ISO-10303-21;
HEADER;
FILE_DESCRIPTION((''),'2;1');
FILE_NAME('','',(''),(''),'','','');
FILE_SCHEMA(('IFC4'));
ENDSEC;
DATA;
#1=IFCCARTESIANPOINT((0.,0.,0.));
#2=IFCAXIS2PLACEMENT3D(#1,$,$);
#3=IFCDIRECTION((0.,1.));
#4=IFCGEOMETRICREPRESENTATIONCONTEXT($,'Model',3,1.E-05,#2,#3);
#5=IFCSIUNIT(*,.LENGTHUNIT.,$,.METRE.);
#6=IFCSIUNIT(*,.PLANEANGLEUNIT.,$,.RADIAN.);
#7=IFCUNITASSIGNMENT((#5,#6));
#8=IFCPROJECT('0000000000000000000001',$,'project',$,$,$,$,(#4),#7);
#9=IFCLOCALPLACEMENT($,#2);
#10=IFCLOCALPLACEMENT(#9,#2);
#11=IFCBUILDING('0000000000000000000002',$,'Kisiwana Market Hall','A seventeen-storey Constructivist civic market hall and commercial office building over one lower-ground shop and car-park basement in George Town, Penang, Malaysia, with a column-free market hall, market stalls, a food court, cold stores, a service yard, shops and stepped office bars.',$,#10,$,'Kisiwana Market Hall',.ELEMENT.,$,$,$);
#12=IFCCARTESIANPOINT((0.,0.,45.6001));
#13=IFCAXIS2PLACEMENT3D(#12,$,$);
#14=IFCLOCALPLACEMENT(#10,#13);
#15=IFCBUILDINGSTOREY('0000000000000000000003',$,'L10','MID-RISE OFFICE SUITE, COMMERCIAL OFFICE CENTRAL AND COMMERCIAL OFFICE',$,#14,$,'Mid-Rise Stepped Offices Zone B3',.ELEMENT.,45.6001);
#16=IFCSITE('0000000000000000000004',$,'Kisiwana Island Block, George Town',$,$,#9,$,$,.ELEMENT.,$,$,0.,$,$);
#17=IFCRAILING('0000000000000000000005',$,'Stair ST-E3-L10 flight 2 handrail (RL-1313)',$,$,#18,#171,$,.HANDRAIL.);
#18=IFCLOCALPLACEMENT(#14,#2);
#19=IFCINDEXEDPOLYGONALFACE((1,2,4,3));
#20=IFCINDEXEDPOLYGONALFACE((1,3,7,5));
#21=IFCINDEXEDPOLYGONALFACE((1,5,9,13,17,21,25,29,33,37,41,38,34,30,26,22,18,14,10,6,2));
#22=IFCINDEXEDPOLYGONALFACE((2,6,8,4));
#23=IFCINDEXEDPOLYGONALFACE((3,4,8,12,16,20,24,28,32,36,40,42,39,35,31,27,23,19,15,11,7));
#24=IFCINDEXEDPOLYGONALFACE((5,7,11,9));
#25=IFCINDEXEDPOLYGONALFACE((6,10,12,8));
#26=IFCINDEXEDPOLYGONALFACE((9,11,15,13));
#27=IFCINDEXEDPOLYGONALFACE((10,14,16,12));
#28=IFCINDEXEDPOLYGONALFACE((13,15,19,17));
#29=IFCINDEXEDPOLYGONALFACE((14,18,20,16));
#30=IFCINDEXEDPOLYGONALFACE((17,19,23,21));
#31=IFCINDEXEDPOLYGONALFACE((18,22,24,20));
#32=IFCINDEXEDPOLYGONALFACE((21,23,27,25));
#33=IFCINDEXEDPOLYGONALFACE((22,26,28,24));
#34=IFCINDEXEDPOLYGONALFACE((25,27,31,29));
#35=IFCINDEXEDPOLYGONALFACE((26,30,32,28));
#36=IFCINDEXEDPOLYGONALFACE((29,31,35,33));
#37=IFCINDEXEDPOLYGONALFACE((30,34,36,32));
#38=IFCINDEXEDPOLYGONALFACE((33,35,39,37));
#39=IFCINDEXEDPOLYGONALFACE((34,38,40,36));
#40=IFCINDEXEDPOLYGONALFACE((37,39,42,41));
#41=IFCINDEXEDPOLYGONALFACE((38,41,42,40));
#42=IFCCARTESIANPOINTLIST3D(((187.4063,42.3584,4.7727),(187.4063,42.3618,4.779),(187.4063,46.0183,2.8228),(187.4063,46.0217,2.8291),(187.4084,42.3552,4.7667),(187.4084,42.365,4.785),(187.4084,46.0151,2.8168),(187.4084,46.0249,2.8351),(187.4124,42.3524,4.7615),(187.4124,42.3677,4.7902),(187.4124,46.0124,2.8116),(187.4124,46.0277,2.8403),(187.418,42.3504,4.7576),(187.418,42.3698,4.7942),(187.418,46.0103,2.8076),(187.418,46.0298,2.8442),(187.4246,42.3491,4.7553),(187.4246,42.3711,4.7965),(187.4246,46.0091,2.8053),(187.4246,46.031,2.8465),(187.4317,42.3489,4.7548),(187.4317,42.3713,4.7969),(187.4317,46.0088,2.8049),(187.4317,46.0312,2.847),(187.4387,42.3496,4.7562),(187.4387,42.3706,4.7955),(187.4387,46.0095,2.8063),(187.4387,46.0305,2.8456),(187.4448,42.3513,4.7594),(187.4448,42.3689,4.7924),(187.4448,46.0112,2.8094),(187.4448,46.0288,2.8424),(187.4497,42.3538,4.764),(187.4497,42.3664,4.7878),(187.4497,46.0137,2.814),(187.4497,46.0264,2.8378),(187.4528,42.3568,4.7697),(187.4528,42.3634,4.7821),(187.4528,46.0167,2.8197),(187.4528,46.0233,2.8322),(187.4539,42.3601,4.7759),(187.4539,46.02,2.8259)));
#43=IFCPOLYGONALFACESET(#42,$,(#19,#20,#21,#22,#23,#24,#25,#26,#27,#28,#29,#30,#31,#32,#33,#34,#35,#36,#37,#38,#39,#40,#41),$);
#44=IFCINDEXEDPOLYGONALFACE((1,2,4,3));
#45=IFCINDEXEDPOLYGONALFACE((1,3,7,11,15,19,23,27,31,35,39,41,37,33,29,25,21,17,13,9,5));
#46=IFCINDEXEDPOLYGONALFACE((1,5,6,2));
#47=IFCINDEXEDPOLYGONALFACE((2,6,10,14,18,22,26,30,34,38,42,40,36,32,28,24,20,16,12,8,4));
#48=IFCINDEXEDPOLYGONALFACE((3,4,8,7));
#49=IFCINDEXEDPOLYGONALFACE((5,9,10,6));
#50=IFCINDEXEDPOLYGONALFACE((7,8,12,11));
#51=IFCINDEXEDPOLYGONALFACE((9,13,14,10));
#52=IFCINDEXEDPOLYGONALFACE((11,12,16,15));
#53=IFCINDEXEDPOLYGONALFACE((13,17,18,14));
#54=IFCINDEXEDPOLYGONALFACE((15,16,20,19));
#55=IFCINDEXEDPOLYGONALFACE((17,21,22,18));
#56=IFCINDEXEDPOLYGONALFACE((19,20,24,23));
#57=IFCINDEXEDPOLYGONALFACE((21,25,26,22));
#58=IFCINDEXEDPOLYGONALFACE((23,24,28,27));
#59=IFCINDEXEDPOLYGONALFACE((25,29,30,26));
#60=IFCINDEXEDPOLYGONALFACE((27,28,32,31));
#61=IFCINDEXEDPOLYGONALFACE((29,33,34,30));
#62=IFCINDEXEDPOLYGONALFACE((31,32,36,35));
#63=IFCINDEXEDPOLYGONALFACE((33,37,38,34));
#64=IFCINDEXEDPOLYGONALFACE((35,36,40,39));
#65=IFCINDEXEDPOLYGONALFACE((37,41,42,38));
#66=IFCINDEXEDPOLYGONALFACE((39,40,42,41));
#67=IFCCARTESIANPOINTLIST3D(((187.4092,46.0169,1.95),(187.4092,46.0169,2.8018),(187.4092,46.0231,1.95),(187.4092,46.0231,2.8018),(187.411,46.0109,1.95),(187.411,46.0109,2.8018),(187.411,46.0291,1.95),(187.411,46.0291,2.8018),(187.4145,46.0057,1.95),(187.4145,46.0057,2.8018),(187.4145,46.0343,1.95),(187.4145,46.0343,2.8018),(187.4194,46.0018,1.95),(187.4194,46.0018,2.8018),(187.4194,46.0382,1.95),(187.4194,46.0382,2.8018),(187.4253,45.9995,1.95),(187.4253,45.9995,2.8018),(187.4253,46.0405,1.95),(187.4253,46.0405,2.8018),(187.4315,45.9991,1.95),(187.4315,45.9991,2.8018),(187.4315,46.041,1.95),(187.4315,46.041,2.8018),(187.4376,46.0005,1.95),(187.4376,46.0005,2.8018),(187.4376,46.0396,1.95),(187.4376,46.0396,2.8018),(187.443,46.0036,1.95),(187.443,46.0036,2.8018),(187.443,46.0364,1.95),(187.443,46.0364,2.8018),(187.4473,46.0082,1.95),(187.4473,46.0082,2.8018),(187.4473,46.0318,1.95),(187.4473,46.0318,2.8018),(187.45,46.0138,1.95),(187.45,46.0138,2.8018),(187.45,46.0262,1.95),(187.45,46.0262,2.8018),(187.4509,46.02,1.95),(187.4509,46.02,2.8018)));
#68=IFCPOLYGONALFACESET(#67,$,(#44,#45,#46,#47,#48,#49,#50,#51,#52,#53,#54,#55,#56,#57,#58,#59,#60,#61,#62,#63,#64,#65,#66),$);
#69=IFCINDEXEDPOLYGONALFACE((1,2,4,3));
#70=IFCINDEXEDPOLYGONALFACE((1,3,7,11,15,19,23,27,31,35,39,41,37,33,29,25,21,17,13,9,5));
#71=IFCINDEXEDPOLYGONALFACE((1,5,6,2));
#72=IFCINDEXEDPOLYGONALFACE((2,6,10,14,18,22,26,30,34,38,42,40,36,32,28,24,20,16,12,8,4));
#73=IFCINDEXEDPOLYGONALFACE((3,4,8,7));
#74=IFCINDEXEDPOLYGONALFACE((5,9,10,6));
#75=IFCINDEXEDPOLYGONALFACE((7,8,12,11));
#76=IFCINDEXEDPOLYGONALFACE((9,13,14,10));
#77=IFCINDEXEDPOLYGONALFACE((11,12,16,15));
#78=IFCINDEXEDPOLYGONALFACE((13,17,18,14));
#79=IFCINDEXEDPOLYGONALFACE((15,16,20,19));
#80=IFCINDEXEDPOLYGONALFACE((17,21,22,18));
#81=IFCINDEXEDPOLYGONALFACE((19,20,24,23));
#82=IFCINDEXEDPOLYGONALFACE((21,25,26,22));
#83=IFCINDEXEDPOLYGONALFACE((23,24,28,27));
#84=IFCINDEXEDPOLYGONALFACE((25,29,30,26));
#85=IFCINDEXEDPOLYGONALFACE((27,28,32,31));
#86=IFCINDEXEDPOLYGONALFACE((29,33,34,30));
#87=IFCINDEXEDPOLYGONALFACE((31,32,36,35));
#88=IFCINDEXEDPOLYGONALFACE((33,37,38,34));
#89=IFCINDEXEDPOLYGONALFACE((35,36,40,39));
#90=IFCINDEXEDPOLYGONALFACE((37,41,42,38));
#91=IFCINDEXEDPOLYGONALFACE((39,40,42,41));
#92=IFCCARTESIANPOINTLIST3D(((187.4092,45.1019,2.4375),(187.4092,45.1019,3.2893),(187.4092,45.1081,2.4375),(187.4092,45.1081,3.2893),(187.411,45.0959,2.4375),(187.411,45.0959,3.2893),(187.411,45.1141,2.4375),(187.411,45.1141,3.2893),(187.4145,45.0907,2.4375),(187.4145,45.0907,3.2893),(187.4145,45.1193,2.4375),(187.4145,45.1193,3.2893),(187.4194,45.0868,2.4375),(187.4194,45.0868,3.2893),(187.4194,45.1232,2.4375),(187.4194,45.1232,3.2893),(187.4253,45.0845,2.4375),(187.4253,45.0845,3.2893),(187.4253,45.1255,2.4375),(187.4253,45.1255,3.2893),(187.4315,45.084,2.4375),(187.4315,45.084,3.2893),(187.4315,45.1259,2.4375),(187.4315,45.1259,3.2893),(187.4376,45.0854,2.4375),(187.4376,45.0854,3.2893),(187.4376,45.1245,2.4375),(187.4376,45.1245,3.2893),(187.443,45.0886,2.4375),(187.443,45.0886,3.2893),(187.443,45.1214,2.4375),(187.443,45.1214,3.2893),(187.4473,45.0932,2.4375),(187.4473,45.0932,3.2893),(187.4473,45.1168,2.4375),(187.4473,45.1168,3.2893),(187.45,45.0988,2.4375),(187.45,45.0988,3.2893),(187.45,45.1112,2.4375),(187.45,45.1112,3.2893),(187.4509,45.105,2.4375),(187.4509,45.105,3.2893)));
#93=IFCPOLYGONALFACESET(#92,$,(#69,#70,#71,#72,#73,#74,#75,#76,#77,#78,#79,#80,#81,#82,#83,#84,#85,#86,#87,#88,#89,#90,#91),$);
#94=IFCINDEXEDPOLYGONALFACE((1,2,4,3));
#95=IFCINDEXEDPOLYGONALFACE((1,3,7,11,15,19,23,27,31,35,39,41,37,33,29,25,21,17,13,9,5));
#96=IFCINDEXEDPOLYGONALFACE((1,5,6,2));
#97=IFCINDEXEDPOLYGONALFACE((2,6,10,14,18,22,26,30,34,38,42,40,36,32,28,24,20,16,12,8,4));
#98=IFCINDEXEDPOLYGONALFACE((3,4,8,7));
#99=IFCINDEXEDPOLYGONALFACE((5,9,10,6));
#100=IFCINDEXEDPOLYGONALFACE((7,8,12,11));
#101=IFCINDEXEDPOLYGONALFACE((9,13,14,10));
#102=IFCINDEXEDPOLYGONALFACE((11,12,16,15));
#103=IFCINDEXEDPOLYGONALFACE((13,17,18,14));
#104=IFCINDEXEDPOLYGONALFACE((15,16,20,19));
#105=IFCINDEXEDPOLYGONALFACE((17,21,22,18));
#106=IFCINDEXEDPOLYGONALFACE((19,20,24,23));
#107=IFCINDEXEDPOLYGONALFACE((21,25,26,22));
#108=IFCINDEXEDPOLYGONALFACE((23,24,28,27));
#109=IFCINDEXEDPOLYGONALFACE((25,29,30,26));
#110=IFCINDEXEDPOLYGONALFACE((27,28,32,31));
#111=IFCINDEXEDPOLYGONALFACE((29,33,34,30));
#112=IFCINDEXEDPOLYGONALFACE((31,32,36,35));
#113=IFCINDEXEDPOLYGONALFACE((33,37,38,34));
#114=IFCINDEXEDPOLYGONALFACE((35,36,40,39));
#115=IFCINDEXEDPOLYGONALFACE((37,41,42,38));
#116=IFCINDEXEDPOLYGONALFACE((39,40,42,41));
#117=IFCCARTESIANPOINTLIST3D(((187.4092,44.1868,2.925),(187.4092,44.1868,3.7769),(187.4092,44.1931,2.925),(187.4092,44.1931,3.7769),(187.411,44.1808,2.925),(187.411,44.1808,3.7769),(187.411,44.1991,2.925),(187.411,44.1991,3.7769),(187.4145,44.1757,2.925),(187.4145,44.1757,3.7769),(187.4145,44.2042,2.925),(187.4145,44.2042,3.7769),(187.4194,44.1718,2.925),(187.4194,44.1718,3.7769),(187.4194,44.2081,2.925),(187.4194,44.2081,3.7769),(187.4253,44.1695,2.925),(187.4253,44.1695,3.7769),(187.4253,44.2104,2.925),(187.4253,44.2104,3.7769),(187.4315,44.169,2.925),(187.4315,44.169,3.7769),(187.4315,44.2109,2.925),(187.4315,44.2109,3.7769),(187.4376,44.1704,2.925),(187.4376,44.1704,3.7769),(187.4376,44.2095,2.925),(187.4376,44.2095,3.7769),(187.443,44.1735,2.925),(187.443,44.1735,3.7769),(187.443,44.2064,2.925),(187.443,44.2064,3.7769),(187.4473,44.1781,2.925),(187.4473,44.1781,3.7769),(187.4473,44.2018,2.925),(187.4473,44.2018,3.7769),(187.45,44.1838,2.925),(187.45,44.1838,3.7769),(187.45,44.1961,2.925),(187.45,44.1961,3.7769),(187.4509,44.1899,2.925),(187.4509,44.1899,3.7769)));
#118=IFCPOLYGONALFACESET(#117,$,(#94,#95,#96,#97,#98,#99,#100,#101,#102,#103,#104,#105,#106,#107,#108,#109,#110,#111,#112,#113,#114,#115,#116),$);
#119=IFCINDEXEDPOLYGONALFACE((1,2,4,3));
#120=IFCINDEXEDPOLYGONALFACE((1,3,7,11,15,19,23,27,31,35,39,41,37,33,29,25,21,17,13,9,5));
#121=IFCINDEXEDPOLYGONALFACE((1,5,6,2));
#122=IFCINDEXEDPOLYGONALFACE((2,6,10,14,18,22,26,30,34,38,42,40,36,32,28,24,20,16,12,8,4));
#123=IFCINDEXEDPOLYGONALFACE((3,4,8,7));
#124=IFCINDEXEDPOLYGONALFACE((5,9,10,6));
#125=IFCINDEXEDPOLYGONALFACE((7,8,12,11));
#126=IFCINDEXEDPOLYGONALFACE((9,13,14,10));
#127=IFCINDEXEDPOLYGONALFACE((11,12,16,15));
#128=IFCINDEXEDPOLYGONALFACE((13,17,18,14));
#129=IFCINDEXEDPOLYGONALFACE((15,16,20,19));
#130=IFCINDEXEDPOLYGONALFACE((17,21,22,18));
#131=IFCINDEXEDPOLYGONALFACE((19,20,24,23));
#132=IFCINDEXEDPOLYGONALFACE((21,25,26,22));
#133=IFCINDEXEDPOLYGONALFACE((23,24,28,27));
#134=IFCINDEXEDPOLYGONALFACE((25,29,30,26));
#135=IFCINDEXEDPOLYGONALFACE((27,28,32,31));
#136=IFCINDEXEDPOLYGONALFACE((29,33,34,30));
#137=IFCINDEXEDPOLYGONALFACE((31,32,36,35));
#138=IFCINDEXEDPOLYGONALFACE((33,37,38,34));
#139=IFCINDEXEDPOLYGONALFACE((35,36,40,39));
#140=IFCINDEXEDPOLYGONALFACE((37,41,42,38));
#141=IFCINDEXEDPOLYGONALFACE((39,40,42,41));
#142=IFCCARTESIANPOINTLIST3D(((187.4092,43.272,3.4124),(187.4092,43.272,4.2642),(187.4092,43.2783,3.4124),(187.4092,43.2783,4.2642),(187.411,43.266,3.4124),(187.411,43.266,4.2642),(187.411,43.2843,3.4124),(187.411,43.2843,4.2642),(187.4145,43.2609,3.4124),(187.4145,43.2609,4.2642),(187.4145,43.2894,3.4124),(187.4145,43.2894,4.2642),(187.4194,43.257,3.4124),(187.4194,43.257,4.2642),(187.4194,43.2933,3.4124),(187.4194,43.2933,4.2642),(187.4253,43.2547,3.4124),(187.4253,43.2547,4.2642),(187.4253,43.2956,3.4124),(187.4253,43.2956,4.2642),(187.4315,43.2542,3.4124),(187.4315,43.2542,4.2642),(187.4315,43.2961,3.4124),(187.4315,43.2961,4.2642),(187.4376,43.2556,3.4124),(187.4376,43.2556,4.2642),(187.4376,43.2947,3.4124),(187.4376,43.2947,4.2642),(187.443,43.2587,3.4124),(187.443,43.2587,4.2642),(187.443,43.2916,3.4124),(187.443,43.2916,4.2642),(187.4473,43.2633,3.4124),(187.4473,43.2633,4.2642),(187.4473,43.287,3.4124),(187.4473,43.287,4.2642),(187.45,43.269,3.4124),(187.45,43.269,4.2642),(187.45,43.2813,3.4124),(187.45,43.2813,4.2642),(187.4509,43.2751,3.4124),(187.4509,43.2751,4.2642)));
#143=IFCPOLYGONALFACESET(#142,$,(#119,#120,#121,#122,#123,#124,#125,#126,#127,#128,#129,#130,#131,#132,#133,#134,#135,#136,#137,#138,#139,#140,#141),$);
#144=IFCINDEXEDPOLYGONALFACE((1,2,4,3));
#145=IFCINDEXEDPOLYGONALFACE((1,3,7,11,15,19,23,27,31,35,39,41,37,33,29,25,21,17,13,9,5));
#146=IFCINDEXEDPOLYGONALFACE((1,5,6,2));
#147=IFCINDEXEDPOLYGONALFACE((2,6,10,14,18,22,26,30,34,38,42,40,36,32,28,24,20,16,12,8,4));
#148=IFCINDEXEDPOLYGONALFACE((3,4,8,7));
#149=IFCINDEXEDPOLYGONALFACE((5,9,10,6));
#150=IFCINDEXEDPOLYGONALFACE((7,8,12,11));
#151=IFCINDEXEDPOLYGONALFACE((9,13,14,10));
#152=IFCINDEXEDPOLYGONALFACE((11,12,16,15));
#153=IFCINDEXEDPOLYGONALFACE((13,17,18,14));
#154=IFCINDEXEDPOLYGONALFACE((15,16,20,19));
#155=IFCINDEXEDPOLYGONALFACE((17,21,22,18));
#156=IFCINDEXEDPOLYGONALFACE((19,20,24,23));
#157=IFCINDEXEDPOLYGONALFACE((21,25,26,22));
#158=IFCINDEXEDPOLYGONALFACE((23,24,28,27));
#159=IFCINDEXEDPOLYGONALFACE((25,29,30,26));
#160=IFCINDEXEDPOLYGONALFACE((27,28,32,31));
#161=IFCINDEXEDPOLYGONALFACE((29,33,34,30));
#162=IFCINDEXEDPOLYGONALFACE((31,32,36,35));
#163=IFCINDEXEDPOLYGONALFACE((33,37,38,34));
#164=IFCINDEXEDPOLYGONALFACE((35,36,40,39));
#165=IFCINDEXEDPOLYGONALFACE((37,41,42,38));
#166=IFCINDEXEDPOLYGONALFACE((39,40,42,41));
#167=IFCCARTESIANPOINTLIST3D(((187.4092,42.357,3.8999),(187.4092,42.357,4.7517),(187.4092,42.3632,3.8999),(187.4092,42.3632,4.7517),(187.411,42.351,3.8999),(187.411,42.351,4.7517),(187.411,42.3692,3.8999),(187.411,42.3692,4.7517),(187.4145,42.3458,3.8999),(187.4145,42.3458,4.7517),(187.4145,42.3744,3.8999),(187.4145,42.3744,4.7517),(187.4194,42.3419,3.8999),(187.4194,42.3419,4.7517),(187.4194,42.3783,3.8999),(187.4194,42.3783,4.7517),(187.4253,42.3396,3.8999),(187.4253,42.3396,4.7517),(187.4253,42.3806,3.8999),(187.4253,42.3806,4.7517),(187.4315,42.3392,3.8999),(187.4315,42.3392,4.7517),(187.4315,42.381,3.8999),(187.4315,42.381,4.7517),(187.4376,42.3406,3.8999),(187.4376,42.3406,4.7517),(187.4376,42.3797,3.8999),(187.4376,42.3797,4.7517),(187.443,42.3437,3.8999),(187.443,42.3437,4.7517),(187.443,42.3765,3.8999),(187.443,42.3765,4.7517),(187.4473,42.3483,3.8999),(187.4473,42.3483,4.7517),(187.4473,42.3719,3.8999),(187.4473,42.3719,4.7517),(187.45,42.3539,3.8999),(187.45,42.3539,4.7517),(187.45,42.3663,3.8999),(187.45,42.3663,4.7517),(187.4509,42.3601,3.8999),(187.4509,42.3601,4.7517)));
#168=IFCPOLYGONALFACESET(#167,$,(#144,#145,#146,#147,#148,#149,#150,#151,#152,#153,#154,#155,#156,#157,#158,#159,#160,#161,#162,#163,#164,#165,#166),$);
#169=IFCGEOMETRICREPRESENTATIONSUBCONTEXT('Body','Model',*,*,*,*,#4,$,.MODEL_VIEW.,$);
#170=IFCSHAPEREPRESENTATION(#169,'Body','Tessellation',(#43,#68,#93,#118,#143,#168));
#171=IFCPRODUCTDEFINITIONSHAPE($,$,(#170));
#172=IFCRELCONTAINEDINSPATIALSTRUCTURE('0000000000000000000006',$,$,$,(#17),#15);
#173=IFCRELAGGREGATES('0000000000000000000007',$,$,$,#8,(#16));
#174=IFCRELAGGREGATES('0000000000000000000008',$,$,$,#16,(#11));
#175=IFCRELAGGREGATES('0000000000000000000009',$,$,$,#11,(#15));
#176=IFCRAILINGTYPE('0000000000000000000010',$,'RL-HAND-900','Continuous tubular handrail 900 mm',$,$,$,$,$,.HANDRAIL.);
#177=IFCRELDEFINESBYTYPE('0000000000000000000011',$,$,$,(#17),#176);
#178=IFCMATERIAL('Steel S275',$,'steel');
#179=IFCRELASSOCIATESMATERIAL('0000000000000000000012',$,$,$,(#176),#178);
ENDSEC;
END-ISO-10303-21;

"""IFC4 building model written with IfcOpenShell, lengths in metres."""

from ifc_helpers import new_model, si_unit, direction, frame, origin, origin_2d, place, context, subcontext, project, spatial, circle, extrude, material, type_object, element, save


model = new_model("IFC4")

# Units and contexts
model_context = context("Model", 3, precision=1e-05, world=origin(), true_north=direction((0.0, 1.0)))
body_context = subcontext(model_context, "Body", "Model", "MODEL_VIEW")
ifc_project = project(units=[si_unit("LENGTHUNIT", "METRE"), si_unit("PLANEANGLEUNIT", "RADIAN")], contexts=[model_context])

# Site, building, storey
site_placement = place(None, origin())
site = spatial("IfcSite", under=ifc_project, at=site_placement, Name="Kisiwana Island Block, George Town", CompositionType="ELEMENT", RefElevation=0.0)
building_placement = place(site_placement, origin())
building = spatial("IfcBuilding", under=site, at=building_placement, Name="Kisiwana Market Hall", Description="A seventeen-storey Constructivist civic market hall and commercial office building over one lower-ground shop and car-park basement in George Town, Penang, Malaysia, with a column-free market hall, market stalls, a food court, cold stores, a service yard, shops and stepped office bars.", LongName="Kisiwana Market Hall", CompositionType="ELEMENT")
storey_placement = place(building_placement, frame((0.0, 0.0, 45.6001)))
storey = spatial("IfcBuildingStorey", under=building, at=storey_placement, Name="L10", Description="MID-RISE OFFICE SUITE, COMMERCIAL OFFICE CENTRAL AND COMMERCIAL OFFICE", LongName="Mid-Rise Stepped Offices Zone B3", CompositionType="ELEMENT", Elevation=45.6001)

# Railing
ifc_material_1 = material(Name="Steel S275", Category="steel")
railing_type_1 = type_object("IfcRailingType", Name="RL-HAND-900", Description="Continuous tubular handrail 900 mm", PredefinedType="HANDRAIL", material=ifc_material_1)
for number, where, name in (
    (1, (187.4299, 46.02, 1.95), "Stair ST-E3-L10 flight 2 handrail (RL-1313)"),
):
    element("IfcRailing", number, at=place(storey_placement, frame(where)), inside=storey, type_object=railing_type_1, Name=name, PredefinedType="HANDRAIL", context=body_context, shape_type="SweptSolid", body=[
        extrude(circle(Radius=0.0239, at=origin_2d()), frame((0.0, 0.0, 0.876), z_axis=(0.0, -0.882553, 0.470212), x_axis=(1.0, 0.0, 0.0)), (0.0, 0.0, 1.0), 4.147),
        extrude(circle(Radius=0.021, at=origin_2d()), origin(), (0.0, 0.0, 1.0), 0.8518),
        extrude(circle(Radius=0.021, at=origin_2d()), frame((0.0, -0.915, 0.4875)), (0.0, 0.0, 1.0), 0.8518),
        extrude(circle(Radius=0.021, at=origin_2d()), frame((0.0, -1.8301, 0.9751)), (0.0, 0.0, 1.0), 0.8518),
        extrude(circle(Radius=0.021, at=origin_2d()), frame((0.0, -2.7449, 1.4624)), (0.0, 0.0, 1.0), 0.8518),
        extrude(circle(Radius=0.021, at=origin_2d()), frame((0.0, -3.6599, 1.95)), (0.0, 0.0, 1.0), 0.8518),
    ])

save(model, "model.ifc")
